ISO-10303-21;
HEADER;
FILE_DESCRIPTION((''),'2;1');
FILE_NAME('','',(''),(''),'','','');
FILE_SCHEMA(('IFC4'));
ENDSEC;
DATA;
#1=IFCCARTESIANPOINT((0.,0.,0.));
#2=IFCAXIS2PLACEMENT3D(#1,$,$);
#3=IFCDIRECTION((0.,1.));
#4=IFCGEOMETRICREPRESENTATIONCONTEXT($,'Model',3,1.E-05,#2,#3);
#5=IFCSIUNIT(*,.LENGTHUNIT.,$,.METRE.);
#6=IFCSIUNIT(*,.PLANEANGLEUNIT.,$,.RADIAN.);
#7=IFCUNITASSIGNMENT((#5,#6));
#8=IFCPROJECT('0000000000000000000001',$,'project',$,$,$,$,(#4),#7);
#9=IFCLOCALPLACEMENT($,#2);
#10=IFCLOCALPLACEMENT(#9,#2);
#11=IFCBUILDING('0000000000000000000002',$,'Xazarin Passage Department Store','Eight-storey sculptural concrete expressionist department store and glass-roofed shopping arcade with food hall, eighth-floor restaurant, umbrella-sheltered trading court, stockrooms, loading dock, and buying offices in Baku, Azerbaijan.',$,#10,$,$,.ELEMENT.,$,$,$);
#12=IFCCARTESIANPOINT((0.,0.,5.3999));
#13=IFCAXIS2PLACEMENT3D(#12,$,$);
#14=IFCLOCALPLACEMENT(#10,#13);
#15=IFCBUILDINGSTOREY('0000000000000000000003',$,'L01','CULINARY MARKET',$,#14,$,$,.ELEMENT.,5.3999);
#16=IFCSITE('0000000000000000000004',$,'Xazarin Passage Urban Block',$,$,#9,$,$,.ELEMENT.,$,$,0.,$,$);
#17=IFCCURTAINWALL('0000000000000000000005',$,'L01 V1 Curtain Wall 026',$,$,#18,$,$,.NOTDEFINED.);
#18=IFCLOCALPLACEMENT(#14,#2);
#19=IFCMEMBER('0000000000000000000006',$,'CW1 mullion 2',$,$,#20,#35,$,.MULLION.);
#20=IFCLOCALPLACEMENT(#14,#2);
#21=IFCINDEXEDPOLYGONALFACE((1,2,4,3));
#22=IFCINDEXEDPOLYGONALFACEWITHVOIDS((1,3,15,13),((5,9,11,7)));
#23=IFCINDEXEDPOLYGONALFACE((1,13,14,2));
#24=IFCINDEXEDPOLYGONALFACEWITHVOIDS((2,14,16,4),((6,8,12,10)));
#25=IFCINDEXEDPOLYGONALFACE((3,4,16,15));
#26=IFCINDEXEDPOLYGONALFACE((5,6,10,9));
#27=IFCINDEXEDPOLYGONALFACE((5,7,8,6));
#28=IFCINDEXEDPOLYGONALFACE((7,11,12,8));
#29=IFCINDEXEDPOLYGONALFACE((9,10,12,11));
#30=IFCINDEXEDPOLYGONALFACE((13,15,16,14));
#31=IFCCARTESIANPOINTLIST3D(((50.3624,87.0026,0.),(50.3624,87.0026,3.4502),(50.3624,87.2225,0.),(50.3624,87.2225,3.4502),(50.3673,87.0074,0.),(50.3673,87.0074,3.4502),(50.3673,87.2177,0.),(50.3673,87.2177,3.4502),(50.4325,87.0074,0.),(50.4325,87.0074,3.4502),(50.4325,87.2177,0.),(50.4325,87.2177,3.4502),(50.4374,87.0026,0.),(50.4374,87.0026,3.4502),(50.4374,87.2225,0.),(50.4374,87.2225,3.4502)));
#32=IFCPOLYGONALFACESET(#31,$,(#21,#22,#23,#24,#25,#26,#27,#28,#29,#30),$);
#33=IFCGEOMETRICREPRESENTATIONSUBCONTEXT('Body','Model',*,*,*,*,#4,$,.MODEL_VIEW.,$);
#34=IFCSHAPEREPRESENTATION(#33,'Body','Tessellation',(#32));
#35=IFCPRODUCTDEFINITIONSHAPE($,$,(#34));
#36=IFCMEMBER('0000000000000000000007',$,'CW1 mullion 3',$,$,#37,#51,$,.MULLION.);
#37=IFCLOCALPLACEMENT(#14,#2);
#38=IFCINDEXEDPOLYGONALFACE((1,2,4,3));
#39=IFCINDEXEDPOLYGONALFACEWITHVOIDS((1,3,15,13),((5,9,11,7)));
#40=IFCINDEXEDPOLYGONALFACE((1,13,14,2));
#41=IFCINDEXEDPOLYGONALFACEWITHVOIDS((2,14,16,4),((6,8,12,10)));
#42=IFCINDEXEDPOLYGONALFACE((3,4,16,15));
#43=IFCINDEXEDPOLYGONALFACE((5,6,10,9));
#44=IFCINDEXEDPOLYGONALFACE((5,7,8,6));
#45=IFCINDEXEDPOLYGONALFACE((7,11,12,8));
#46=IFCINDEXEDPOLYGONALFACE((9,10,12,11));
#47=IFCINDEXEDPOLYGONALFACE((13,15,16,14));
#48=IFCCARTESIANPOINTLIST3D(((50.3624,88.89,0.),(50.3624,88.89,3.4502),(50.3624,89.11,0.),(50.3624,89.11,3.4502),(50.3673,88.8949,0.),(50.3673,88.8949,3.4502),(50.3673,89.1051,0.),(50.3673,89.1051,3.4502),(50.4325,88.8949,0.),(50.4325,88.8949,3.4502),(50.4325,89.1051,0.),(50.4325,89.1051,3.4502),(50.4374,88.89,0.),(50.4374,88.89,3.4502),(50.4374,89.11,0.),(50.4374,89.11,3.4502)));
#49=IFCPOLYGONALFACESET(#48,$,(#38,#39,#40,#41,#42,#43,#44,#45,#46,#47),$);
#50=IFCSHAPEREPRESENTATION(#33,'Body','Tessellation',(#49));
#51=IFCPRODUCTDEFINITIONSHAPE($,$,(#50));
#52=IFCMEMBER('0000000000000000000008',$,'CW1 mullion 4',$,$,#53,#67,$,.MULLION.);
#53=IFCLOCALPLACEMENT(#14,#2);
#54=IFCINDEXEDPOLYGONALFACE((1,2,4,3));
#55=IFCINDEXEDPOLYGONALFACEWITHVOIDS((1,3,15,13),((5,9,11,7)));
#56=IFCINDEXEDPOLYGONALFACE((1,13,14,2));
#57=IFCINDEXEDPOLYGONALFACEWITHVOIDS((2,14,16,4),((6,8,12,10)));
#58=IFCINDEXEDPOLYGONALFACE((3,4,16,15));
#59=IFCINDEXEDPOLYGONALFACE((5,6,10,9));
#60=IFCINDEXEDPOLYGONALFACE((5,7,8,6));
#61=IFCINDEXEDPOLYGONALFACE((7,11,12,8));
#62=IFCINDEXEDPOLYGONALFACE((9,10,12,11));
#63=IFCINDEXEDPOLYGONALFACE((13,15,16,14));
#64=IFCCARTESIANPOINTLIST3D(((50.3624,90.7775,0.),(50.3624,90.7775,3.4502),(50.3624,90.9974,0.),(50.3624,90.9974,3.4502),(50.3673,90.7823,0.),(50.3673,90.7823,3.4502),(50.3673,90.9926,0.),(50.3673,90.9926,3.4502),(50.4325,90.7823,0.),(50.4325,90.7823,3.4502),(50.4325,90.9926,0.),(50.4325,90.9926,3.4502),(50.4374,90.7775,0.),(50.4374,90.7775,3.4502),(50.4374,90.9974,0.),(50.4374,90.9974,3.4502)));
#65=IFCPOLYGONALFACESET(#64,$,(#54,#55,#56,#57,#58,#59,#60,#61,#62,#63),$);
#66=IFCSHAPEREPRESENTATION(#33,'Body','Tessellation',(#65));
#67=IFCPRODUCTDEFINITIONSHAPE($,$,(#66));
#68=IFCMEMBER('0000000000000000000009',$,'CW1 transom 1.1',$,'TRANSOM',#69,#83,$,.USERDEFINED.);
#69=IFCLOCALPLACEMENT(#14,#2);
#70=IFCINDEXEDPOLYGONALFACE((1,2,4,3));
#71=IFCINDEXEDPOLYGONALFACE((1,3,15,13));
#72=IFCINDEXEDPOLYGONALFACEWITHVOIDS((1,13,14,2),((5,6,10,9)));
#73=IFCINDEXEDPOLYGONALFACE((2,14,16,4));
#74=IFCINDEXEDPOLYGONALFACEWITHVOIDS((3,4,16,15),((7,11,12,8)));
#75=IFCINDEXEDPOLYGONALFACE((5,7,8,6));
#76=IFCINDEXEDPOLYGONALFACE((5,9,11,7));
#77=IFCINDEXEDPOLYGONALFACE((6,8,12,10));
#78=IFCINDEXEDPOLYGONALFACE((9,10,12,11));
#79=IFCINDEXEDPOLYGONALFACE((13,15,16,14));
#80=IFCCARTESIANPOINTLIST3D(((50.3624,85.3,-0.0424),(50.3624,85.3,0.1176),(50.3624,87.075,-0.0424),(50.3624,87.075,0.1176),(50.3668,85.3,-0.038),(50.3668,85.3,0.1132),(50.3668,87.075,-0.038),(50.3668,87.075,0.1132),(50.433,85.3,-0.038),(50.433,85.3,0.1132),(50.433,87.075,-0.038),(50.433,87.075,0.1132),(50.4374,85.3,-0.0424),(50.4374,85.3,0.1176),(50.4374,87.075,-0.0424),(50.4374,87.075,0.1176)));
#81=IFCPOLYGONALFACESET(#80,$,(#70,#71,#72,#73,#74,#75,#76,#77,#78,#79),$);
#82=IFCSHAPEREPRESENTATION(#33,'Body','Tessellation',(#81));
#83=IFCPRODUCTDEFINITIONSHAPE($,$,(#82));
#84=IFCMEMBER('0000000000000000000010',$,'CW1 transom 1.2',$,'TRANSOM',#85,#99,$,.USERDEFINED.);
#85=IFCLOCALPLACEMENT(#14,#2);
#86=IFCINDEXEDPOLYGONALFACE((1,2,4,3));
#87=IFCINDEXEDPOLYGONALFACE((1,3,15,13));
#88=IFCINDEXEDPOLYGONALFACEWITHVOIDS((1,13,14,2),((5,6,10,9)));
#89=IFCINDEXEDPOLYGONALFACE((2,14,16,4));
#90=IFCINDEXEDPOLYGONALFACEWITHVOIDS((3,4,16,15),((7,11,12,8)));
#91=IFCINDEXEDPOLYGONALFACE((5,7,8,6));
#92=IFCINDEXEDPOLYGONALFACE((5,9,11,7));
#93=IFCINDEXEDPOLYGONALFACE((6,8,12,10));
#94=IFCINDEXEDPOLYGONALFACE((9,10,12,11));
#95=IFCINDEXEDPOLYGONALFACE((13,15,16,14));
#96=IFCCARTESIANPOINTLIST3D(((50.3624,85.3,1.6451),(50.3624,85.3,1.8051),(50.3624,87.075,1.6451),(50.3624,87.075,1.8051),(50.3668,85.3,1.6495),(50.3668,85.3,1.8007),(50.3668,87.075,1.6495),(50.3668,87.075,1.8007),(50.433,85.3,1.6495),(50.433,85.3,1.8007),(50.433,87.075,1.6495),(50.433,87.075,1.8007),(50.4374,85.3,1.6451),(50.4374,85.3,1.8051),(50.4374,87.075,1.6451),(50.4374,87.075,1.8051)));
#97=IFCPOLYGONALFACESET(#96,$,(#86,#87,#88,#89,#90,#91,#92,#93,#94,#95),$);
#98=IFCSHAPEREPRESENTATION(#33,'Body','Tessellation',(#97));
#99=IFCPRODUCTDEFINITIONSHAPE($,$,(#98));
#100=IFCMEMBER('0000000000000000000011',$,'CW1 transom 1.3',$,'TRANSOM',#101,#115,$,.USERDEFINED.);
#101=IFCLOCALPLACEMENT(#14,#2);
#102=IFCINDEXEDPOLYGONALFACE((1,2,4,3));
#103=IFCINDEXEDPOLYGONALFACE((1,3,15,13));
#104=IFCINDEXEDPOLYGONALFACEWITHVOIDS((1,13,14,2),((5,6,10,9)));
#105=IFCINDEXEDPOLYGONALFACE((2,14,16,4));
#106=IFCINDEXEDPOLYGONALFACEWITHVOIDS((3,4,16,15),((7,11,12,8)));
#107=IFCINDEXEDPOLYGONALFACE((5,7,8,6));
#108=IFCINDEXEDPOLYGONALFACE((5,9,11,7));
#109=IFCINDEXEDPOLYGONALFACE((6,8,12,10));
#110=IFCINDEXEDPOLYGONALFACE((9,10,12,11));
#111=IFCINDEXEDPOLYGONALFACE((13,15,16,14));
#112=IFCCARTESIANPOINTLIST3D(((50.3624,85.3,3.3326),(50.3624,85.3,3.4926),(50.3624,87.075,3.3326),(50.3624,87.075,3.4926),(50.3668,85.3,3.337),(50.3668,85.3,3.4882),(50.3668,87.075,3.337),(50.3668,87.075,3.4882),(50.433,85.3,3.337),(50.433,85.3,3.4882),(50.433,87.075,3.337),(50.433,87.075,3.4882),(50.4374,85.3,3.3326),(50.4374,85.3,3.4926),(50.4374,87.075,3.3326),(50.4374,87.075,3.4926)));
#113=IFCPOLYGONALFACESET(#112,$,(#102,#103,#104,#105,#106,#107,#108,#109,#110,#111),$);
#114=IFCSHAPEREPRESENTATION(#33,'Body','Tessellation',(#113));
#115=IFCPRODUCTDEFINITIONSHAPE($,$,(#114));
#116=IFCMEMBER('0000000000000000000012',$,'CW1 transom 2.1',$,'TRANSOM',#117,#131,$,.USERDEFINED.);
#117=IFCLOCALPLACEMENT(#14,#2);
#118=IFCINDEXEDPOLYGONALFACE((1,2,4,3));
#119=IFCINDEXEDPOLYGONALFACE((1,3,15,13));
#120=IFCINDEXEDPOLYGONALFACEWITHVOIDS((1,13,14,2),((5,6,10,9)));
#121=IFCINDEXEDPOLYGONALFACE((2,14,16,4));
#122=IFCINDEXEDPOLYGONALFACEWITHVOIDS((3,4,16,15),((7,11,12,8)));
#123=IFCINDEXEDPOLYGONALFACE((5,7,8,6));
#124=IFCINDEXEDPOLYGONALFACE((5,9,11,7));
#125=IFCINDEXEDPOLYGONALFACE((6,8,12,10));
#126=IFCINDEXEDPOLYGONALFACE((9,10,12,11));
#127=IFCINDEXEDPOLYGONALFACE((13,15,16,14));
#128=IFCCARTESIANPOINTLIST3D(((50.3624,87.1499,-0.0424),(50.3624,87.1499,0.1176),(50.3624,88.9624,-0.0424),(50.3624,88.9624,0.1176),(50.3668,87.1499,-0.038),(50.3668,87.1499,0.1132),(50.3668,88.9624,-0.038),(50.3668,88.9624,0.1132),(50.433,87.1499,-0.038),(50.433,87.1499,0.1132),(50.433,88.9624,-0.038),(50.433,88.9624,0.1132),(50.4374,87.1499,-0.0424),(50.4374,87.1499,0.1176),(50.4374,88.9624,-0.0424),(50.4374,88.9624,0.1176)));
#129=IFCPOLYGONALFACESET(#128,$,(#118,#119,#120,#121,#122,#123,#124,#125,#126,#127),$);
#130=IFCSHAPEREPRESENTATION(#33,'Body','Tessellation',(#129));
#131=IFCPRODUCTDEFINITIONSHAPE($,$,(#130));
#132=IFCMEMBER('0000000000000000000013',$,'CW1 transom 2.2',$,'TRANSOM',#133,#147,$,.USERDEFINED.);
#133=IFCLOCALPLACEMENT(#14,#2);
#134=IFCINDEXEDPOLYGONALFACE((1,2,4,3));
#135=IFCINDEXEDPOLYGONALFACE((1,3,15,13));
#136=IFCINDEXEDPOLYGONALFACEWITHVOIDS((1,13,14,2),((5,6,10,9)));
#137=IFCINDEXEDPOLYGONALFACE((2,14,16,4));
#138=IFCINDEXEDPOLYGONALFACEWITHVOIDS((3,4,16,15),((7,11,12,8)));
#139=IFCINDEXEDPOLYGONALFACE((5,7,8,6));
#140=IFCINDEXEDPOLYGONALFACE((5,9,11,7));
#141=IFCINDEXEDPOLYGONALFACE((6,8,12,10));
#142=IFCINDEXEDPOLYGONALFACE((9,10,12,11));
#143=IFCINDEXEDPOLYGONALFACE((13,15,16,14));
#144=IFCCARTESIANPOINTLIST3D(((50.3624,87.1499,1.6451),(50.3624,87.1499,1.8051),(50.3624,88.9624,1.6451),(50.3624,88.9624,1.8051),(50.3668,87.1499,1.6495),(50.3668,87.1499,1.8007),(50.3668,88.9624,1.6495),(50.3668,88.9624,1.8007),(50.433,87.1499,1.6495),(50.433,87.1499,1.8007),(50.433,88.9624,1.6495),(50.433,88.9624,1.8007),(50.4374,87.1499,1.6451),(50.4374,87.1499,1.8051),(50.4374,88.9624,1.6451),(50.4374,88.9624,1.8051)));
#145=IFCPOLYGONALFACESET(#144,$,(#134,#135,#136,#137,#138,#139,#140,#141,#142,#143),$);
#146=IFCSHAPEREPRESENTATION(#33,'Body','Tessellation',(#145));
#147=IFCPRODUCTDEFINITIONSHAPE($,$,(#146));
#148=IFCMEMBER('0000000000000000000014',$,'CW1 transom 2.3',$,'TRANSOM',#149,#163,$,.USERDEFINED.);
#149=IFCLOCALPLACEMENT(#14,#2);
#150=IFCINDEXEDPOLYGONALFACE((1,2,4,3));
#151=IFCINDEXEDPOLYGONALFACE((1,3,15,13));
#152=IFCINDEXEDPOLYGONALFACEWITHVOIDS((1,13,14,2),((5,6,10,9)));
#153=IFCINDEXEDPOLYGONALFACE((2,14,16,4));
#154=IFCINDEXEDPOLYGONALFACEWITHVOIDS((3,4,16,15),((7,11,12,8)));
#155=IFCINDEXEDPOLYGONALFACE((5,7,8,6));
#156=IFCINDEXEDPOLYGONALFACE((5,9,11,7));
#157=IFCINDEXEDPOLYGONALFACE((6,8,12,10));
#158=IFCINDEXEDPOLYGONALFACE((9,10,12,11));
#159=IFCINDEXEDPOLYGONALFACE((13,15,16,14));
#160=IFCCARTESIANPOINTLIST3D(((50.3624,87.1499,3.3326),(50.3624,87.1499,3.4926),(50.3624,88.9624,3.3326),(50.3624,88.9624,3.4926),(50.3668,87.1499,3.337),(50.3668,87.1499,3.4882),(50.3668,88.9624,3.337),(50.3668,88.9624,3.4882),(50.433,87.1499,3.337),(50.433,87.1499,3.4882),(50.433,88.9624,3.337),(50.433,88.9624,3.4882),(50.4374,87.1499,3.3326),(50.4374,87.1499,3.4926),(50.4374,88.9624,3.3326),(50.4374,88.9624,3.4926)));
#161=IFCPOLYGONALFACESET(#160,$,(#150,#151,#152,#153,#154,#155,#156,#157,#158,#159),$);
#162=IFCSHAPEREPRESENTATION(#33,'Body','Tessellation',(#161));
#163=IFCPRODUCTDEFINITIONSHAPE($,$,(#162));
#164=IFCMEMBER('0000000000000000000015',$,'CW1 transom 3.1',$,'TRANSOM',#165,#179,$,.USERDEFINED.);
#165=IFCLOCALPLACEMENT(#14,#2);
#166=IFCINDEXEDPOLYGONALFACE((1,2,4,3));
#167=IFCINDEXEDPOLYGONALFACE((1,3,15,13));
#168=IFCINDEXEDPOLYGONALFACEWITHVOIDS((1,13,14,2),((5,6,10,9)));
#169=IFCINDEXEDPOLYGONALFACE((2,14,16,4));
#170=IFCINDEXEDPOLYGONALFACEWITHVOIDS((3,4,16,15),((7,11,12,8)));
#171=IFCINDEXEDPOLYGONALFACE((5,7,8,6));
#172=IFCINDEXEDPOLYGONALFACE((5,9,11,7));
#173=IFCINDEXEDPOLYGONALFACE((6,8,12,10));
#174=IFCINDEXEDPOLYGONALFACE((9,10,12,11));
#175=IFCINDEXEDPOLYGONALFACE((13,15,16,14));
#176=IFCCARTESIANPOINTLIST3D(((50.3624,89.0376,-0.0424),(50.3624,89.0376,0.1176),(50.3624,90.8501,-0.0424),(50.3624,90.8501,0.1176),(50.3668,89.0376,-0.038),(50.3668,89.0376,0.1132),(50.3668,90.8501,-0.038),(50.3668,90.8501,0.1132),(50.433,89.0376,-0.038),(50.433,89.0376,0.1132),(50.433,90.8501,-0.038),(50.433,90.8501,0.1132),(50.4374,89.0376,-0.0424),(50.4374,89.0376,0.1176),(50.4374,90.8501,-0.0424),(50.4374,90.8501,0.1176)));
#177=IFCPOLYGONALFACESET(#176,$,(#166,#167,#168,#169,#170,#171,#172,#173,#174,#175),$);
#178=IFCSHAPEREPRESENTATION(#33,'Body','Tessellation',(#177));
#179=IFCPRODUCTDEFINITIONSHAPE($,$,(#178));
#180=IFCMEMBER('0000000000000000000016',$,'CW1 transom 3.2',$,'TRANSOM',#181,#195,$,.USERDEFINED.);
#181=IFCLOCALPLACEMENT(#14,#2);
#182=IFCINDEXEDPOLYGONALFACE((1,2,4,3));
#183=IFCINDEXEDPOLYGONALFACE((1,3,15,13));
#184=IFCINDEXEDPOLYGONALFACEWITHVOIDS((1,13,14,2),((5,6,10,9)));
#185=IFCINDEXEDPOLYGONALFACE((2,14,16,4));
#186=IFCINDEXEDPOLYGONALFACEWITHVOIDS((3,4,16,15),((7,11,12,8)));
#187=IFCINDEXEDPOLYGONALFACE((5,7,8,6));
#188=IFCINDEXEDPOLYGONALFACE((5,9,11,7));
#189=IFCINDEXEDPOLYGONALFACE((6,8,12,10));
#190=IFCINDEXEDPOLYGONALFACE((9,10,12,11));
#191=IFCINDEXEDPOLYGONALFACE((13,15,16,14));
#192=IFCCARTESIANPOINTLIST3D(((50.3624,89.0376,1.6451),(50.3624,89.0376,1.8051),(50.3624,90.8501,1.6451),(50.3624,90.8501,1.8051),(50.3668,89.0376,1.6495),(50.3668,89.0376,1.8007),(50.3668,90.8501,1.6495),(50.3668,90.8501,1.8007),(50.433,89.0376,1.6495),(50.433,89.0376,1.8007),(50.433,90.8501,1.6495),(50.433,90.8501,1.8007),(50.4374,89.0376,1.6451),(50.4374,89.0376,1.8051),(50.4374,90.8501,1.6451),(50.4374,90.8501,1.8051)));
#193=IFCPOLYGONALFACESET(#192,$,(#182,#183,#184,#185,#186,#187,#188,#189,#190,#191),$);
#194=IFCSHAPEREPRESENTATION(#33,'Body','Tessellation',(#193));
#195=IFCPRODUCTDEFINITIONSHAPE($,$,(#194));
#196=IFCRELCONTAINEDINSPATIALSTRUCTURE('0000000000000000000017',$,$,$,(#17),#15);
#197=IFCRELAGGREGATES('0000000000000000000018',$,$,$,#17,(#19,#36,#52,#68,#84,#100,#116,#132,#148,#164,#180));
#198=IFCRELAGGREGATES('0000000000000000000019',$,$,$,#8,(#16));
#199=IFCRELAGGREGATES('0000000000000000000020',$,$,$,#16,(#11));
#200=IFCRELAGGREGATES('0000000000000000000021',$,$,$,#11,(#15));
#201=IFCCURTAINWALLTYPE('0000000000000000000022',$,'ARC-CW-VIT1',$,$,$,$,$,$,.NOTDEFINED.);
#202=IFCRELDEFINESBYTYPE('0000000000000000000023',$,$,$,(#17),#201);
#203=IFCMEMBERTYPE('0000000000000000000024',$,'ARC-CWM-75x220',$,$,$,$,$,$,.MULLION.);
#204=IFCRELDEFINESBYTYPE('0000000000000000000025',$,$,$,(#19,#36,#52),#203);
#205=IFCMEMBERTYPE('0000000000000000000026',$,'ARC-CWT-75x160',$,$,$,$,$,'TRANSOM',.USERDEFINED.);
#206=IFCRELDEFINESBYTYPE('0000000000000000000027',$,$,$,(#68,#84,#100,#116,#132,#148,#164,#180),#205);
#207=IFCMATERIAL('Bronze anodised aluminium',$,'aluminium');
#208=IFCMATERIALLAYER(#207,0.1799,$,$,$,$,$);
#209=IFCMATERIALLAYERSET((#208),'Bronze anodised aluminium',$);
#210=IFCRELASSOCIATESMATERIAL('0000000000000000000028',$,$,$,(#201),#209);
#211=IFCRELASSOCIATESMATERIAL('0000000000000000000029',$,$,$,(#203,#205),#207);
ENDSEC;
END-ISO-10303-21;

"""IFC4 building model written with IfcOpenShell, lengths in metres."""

from ifc_helpers import new_model, si_unit, direction, frame, origin, origin_2d, place, context, subcontext, project, spatial, hollow_rectangle, extrude, material, layer, layer_set, material_profile, profile_set, type_object, element, aggregate, save


model = new_model("IFC4")

# Units and contexts
model_context = context("Model", 3, precision=1e-05, world=origin(), true_north=direction((0.0, 1.0)))
body_context = subcontext(model_context, "Body", "Model", "MODEL_VIEW")
ifc_project = project(units=[si_unit("LENGTHUNIT", "METRE"), si_unit("PLANEANGLEUNIT", "RADIAN")], contexts=[model_context])

# Site, building, storey
site_placement = place(None, origin())
site = spatial("IfcSite", under=ifc_project, at=site_placement, Name="Xazarin Passage Urban Block", CompositionType="ELEMENT", RefElevation=0.0)
building_placement = place(site_placement, origin())
building = spatial("IfcBuilding", under=site, at=building_placement, Name="Xazarin Passage Department Store", Description="Eight-storey sculptural concrete expressionist department store and glass-roofed shopping arcade with food hall, eighth-floor restaurant, umbrella-sheltered trading court, stockrooms, loading dock, and buying offices in Baku, Azerbaijan.", CompositionType="ELEMENT")
storey_placement = place(building_placement, frame((0.0, 0.0, 5.3999)))
storey = spatial("IfcBuildingStorey", under=building, at=storey_placement, Name="L01", Description="CULINARY MARKET", CompositionType="ELEMENT", Elevation=5.3999)

# Curtain wall, members
ifc_material_1 = material(Name="Bronze anodised aluminium", Category="aluminium")
ifc_layer_1 = layer(ifc_material_1, 0.1799)
ifc_layer_set_1 = layer_set([ifc_layer_1], Name="Bronze anodised aluminium")
curtain_wall_type = type_object("IfcCurtainWallType", Name="ARC-CW-VIT1", PredefinedType="NOTDEFINED", material=ifc_layer_set_1)
curtain_wall_placement = place(storey_placement, origin())
curtain_wall = element("IfcCurtainWall", 1, at=curtain_wall_placement, inside=storey, type_object=curtain_wall_type, Name="L01 V1 Curtain Wall 026", PredefinedType="NOTDEFINED")
ifc_material_profile_1 = material_profile(ifc_material_1, hollow_rectangle(XDim=0.075, YDim=0.22, WallThickness=0.0049, at=origin_2d()), Name="ALU 75x220")
ifc_profile_set_1 = profile_set([ifc_material_profile_1], Name="Bronze anodised aluminium")
member_type_1 = type_object("IfcMemberType", Name="ARC-CWM-75x220", PredefinedType="MULLION", material=ifc_profile_set_1)
member_1_placement = place(storey_placement, frame((50.3999, 87.1125, 0.0), z_axis=(0.0, 0.0, 1.0), x_axis=(-1.0, 0.0, 0.0)))
member_1 = element("IfcMember", 2, at=member_1_placement, type_object=member_type_1, Name="CW1 mullion 2", PredefinedType="MULLION", context=body_context, shape_type="SweptSolid", body=[
    extrude(hollow_rectangle(XDim=0.075, YDim=0.22, WallThickness=0.0049, at=origin_2d()), origin(), (0.0, 0.0, 1.0), 3.4502),
])
member_2_placement = place(storey_placement, frame((50.3999, 89.0, 0.0), z_axis=(0.0, 0.0, 1.0), x_axis=(-1.0, 0.0, 0.0)))
member_2 = element("IfcMember", 3, at=member_2_placement, type_object=member_type_1, Name="CW1 mullion 3", PredefinedType="MULLION", context=body_context, shape_type="SweptSolid", body=[
    extrude(hollow_rectangle(XDim=0.075, YDim=0.22, WallThickness=0.0049, at=origin_2d()), origin(), (0.0, 0.0, 1.0), 3.4502),
])
member_3_placement = place(storey_placement, frame((50.3999, 90.8875, 0.0), z_axis=(0.0, 0.0, 1.0), x_axis=(-1.0, 0.0, 0.0)))
member_3 = element("IfcMember", 4, at=member_3_placement, type_object=member_type_1, Name="CW1 mullion 4", PredefinedType="MULLION", context=body_context, shape_type="SweptSolid", body=[
    extrude(hollow_rectangle(XDim=0.075, YDim=0.22, WallThickness=0.0049, at=origin_2d()), origin(), (0.0, 0.0, 1.0), 3.4502),
])
ifc_material_profile_2 = material_profile(ifc_material_1, hollow_rectangle(XDim=0.075, YDim=0.1599, WallThickness=0.0044, at=origin_2d()), Name="ALU 75x160")
ifc_profile_set_2 = profile_set([ifc_material_profile_2], Name="Bronze anodised aluminium")
member_type_2 = type_object("IfcMemberType", Name="ARC-CWT-75x160", ElementType="TRANSOM", PredefinedType="USERDEFINED", material=ifc_profile_set_2)
member_4_placement = place(storey_placement, frame((50.3999, 85.3, 0.0376), z_axis=(0.0, 1.0, 0.0), x_axis=(-1.0, 0.0, 0.0)))
member_4 = element("IfcMember", 5, at=member_4_placement, type_object=member_type_2, Name="CW1 transom 1.1", ObjectType="TRANSOM", PredefinedType="USERDEFINED", context=body_context, shape_type="SweptSolid", body=[
    extrude(hollow_rectangle(XDim=0.075, YDim=0.1599, WallThickness=0.0044, at=origin_2d()), origin(), (0.0, 0.0, 1.0), 1.7749),
])
member_5_placement = place(storey_placement, frame((50.3999, 85.3, 1.7251), z_axis=(0.0, 1.0, 0.0), x_axis=(-1.0, 0.0, 0.0)))
member_5 = element("IfcMember", 6, at=member_5_placement, type_object=member_type_2, Name="CW1 transom 1.2", ObjectType="TRANSOM", PredefinedType="USERDEFINED", context=body_context, shape_type="SweptSolid", body=[
    extrude(hollow_rectangle(XDim=0.075, YDim=0.1599, WallThickness=0.0044, at=origin_2d()), origin(), (0.0, 0.0, 1.0), 1.7749),
])
member_6_placement = place(storey_placement, frame((50.3999, 85.3, 3.4126), z_axis=(0.0, 1.0, 0.0), x_axis=(-1.0, 0.0, 0.0)))
member_6 = element("IfcMember", 7, at=member_6_placement, type_object=member_type_2, Name="CW1 transom 1.3", ObjectType="TRANSOM", PredefinedType="USERDEFINED", context=body_context, shape_type="SweptSolid", body=[
    extrude(hollow_rectangle(XDim=0.075, YDim=0.1599, WallThickness=0.0044, at=origin_2d()), origin(), (0.0, 0.0, 1.0), 1.7749),
])
member_7_placement = place(storey_placement, frame((50.3999, 87.1499, 0.0376), z_axis=(0.0, 1.0, 0.0), x_axis=(-1.0, 0.0, 0.0)))
member_7 = element("IfcMember", 8, at=member_7_placement, type_object=member_type_2, Name="CW1 transom 2.1", ObjectType="TRANSOM", PredefinedType="USERDEFINED", context=body_context, shape_type="SweptSolid", body=[
    extrude(hollow_rectangle(XDim=0.075, YDim=0.1599, WallThickness=0.0044, at=origin_2d()), origin(), (0.0, 0.0, 1.0), 1.8125),
])
member_8_placement = place(storey_placement, frame((50.3999, 87.1499, 1.7251), z_axis=(0.0, 1.0, 0.0), x_axis=(-1.0, 0.0, 0.0)))
member_8 = element("IfcMember", 9, at=member_8_placement, type_object=member_type_2, Name="CW1 transom 2.2", ObjectType="TRANSOM", PredefinedType="USERDEFINED", context=body_context, shape_type="SweptSolid", body=[
    extrude(hollow_rectangle(XDim=0.075, YDim=0.1599, WallThickness=0.0044, at=origin_2d()), origin(), (0.0, 0.0, 1.0), 1.8125),
])
member_9_placement = place(storey_placement, frame((50.3999, 87.1499, 3.4126), z_axis=(0.0, 1.0, 0.0), x_axis=(-1.0, 0.0, 0.0)))
member_9 = element("IfcMember", 10, at=member_9_placement, type_object=member_type_2, Name="CW1 transom 2.3", ObjectType="TRANSOM", PredefinedType="USERDEFINED", context=body_context, shape_type="SweptSolid", body=[
    extrude(hollow_rectangle(XDim=0.075, YDim=0.1599, WallThickness=0.0044, at=origin_2d()), origin(), (0.0, 0.0, 1.0), 1.8125),
])
member_10_placement = place(storey_placement, frame((50.3999, 89.0376, 0.0376), z_axis=(0.0, 1.0, 0.0), x_axis=(-1.0, 0.0, 0.0)))
member_10 = element("IfcMember", 11, at=member_10_placement, type_object=member_type_2, Name="CW1 transom 3.1", ObjectType="TRANSOM", PredefinedType="USERDEFINED", context=body_context, shape_type="SweptSolid", body=[
    extrude(hollow_rectangle(XDim=0.075, YDim=0.1599, WallThickness=0.0044, at=origin_2d()), origin(), (0.0, 0.0, 1.0), 1.8125),
])
member_11_placement = place(storey_placement, frame((50.3999, 89.0376, 1.7251), z_axis=(0.0, 1.0, 0.0), x_axis=(-1.0, 0.0, 0.0)))
member_11 = element("IfcMember", 12, at=member_11_placement, type_object=member_type_2, Name="CW1 transom 3.2", ObjectType="TRANSOM", PredefinedType="USERDEFINED", context=body_context, shape_type="SweptSolid", body=[
    extrude(hollow_rectangle(XDim=0.075, YDim=0.1599, WallThickness=0.0044, at=origin_2d()), origin(), (0.0, 0.0, 1.0), 1.8125),
])
aggregate(curtain_wall, [member_1, member_2, member_3, member_4, member_5, member_6, member_7, member_8, member_9, member_10, member_11])

save(model, "model.ifc")
